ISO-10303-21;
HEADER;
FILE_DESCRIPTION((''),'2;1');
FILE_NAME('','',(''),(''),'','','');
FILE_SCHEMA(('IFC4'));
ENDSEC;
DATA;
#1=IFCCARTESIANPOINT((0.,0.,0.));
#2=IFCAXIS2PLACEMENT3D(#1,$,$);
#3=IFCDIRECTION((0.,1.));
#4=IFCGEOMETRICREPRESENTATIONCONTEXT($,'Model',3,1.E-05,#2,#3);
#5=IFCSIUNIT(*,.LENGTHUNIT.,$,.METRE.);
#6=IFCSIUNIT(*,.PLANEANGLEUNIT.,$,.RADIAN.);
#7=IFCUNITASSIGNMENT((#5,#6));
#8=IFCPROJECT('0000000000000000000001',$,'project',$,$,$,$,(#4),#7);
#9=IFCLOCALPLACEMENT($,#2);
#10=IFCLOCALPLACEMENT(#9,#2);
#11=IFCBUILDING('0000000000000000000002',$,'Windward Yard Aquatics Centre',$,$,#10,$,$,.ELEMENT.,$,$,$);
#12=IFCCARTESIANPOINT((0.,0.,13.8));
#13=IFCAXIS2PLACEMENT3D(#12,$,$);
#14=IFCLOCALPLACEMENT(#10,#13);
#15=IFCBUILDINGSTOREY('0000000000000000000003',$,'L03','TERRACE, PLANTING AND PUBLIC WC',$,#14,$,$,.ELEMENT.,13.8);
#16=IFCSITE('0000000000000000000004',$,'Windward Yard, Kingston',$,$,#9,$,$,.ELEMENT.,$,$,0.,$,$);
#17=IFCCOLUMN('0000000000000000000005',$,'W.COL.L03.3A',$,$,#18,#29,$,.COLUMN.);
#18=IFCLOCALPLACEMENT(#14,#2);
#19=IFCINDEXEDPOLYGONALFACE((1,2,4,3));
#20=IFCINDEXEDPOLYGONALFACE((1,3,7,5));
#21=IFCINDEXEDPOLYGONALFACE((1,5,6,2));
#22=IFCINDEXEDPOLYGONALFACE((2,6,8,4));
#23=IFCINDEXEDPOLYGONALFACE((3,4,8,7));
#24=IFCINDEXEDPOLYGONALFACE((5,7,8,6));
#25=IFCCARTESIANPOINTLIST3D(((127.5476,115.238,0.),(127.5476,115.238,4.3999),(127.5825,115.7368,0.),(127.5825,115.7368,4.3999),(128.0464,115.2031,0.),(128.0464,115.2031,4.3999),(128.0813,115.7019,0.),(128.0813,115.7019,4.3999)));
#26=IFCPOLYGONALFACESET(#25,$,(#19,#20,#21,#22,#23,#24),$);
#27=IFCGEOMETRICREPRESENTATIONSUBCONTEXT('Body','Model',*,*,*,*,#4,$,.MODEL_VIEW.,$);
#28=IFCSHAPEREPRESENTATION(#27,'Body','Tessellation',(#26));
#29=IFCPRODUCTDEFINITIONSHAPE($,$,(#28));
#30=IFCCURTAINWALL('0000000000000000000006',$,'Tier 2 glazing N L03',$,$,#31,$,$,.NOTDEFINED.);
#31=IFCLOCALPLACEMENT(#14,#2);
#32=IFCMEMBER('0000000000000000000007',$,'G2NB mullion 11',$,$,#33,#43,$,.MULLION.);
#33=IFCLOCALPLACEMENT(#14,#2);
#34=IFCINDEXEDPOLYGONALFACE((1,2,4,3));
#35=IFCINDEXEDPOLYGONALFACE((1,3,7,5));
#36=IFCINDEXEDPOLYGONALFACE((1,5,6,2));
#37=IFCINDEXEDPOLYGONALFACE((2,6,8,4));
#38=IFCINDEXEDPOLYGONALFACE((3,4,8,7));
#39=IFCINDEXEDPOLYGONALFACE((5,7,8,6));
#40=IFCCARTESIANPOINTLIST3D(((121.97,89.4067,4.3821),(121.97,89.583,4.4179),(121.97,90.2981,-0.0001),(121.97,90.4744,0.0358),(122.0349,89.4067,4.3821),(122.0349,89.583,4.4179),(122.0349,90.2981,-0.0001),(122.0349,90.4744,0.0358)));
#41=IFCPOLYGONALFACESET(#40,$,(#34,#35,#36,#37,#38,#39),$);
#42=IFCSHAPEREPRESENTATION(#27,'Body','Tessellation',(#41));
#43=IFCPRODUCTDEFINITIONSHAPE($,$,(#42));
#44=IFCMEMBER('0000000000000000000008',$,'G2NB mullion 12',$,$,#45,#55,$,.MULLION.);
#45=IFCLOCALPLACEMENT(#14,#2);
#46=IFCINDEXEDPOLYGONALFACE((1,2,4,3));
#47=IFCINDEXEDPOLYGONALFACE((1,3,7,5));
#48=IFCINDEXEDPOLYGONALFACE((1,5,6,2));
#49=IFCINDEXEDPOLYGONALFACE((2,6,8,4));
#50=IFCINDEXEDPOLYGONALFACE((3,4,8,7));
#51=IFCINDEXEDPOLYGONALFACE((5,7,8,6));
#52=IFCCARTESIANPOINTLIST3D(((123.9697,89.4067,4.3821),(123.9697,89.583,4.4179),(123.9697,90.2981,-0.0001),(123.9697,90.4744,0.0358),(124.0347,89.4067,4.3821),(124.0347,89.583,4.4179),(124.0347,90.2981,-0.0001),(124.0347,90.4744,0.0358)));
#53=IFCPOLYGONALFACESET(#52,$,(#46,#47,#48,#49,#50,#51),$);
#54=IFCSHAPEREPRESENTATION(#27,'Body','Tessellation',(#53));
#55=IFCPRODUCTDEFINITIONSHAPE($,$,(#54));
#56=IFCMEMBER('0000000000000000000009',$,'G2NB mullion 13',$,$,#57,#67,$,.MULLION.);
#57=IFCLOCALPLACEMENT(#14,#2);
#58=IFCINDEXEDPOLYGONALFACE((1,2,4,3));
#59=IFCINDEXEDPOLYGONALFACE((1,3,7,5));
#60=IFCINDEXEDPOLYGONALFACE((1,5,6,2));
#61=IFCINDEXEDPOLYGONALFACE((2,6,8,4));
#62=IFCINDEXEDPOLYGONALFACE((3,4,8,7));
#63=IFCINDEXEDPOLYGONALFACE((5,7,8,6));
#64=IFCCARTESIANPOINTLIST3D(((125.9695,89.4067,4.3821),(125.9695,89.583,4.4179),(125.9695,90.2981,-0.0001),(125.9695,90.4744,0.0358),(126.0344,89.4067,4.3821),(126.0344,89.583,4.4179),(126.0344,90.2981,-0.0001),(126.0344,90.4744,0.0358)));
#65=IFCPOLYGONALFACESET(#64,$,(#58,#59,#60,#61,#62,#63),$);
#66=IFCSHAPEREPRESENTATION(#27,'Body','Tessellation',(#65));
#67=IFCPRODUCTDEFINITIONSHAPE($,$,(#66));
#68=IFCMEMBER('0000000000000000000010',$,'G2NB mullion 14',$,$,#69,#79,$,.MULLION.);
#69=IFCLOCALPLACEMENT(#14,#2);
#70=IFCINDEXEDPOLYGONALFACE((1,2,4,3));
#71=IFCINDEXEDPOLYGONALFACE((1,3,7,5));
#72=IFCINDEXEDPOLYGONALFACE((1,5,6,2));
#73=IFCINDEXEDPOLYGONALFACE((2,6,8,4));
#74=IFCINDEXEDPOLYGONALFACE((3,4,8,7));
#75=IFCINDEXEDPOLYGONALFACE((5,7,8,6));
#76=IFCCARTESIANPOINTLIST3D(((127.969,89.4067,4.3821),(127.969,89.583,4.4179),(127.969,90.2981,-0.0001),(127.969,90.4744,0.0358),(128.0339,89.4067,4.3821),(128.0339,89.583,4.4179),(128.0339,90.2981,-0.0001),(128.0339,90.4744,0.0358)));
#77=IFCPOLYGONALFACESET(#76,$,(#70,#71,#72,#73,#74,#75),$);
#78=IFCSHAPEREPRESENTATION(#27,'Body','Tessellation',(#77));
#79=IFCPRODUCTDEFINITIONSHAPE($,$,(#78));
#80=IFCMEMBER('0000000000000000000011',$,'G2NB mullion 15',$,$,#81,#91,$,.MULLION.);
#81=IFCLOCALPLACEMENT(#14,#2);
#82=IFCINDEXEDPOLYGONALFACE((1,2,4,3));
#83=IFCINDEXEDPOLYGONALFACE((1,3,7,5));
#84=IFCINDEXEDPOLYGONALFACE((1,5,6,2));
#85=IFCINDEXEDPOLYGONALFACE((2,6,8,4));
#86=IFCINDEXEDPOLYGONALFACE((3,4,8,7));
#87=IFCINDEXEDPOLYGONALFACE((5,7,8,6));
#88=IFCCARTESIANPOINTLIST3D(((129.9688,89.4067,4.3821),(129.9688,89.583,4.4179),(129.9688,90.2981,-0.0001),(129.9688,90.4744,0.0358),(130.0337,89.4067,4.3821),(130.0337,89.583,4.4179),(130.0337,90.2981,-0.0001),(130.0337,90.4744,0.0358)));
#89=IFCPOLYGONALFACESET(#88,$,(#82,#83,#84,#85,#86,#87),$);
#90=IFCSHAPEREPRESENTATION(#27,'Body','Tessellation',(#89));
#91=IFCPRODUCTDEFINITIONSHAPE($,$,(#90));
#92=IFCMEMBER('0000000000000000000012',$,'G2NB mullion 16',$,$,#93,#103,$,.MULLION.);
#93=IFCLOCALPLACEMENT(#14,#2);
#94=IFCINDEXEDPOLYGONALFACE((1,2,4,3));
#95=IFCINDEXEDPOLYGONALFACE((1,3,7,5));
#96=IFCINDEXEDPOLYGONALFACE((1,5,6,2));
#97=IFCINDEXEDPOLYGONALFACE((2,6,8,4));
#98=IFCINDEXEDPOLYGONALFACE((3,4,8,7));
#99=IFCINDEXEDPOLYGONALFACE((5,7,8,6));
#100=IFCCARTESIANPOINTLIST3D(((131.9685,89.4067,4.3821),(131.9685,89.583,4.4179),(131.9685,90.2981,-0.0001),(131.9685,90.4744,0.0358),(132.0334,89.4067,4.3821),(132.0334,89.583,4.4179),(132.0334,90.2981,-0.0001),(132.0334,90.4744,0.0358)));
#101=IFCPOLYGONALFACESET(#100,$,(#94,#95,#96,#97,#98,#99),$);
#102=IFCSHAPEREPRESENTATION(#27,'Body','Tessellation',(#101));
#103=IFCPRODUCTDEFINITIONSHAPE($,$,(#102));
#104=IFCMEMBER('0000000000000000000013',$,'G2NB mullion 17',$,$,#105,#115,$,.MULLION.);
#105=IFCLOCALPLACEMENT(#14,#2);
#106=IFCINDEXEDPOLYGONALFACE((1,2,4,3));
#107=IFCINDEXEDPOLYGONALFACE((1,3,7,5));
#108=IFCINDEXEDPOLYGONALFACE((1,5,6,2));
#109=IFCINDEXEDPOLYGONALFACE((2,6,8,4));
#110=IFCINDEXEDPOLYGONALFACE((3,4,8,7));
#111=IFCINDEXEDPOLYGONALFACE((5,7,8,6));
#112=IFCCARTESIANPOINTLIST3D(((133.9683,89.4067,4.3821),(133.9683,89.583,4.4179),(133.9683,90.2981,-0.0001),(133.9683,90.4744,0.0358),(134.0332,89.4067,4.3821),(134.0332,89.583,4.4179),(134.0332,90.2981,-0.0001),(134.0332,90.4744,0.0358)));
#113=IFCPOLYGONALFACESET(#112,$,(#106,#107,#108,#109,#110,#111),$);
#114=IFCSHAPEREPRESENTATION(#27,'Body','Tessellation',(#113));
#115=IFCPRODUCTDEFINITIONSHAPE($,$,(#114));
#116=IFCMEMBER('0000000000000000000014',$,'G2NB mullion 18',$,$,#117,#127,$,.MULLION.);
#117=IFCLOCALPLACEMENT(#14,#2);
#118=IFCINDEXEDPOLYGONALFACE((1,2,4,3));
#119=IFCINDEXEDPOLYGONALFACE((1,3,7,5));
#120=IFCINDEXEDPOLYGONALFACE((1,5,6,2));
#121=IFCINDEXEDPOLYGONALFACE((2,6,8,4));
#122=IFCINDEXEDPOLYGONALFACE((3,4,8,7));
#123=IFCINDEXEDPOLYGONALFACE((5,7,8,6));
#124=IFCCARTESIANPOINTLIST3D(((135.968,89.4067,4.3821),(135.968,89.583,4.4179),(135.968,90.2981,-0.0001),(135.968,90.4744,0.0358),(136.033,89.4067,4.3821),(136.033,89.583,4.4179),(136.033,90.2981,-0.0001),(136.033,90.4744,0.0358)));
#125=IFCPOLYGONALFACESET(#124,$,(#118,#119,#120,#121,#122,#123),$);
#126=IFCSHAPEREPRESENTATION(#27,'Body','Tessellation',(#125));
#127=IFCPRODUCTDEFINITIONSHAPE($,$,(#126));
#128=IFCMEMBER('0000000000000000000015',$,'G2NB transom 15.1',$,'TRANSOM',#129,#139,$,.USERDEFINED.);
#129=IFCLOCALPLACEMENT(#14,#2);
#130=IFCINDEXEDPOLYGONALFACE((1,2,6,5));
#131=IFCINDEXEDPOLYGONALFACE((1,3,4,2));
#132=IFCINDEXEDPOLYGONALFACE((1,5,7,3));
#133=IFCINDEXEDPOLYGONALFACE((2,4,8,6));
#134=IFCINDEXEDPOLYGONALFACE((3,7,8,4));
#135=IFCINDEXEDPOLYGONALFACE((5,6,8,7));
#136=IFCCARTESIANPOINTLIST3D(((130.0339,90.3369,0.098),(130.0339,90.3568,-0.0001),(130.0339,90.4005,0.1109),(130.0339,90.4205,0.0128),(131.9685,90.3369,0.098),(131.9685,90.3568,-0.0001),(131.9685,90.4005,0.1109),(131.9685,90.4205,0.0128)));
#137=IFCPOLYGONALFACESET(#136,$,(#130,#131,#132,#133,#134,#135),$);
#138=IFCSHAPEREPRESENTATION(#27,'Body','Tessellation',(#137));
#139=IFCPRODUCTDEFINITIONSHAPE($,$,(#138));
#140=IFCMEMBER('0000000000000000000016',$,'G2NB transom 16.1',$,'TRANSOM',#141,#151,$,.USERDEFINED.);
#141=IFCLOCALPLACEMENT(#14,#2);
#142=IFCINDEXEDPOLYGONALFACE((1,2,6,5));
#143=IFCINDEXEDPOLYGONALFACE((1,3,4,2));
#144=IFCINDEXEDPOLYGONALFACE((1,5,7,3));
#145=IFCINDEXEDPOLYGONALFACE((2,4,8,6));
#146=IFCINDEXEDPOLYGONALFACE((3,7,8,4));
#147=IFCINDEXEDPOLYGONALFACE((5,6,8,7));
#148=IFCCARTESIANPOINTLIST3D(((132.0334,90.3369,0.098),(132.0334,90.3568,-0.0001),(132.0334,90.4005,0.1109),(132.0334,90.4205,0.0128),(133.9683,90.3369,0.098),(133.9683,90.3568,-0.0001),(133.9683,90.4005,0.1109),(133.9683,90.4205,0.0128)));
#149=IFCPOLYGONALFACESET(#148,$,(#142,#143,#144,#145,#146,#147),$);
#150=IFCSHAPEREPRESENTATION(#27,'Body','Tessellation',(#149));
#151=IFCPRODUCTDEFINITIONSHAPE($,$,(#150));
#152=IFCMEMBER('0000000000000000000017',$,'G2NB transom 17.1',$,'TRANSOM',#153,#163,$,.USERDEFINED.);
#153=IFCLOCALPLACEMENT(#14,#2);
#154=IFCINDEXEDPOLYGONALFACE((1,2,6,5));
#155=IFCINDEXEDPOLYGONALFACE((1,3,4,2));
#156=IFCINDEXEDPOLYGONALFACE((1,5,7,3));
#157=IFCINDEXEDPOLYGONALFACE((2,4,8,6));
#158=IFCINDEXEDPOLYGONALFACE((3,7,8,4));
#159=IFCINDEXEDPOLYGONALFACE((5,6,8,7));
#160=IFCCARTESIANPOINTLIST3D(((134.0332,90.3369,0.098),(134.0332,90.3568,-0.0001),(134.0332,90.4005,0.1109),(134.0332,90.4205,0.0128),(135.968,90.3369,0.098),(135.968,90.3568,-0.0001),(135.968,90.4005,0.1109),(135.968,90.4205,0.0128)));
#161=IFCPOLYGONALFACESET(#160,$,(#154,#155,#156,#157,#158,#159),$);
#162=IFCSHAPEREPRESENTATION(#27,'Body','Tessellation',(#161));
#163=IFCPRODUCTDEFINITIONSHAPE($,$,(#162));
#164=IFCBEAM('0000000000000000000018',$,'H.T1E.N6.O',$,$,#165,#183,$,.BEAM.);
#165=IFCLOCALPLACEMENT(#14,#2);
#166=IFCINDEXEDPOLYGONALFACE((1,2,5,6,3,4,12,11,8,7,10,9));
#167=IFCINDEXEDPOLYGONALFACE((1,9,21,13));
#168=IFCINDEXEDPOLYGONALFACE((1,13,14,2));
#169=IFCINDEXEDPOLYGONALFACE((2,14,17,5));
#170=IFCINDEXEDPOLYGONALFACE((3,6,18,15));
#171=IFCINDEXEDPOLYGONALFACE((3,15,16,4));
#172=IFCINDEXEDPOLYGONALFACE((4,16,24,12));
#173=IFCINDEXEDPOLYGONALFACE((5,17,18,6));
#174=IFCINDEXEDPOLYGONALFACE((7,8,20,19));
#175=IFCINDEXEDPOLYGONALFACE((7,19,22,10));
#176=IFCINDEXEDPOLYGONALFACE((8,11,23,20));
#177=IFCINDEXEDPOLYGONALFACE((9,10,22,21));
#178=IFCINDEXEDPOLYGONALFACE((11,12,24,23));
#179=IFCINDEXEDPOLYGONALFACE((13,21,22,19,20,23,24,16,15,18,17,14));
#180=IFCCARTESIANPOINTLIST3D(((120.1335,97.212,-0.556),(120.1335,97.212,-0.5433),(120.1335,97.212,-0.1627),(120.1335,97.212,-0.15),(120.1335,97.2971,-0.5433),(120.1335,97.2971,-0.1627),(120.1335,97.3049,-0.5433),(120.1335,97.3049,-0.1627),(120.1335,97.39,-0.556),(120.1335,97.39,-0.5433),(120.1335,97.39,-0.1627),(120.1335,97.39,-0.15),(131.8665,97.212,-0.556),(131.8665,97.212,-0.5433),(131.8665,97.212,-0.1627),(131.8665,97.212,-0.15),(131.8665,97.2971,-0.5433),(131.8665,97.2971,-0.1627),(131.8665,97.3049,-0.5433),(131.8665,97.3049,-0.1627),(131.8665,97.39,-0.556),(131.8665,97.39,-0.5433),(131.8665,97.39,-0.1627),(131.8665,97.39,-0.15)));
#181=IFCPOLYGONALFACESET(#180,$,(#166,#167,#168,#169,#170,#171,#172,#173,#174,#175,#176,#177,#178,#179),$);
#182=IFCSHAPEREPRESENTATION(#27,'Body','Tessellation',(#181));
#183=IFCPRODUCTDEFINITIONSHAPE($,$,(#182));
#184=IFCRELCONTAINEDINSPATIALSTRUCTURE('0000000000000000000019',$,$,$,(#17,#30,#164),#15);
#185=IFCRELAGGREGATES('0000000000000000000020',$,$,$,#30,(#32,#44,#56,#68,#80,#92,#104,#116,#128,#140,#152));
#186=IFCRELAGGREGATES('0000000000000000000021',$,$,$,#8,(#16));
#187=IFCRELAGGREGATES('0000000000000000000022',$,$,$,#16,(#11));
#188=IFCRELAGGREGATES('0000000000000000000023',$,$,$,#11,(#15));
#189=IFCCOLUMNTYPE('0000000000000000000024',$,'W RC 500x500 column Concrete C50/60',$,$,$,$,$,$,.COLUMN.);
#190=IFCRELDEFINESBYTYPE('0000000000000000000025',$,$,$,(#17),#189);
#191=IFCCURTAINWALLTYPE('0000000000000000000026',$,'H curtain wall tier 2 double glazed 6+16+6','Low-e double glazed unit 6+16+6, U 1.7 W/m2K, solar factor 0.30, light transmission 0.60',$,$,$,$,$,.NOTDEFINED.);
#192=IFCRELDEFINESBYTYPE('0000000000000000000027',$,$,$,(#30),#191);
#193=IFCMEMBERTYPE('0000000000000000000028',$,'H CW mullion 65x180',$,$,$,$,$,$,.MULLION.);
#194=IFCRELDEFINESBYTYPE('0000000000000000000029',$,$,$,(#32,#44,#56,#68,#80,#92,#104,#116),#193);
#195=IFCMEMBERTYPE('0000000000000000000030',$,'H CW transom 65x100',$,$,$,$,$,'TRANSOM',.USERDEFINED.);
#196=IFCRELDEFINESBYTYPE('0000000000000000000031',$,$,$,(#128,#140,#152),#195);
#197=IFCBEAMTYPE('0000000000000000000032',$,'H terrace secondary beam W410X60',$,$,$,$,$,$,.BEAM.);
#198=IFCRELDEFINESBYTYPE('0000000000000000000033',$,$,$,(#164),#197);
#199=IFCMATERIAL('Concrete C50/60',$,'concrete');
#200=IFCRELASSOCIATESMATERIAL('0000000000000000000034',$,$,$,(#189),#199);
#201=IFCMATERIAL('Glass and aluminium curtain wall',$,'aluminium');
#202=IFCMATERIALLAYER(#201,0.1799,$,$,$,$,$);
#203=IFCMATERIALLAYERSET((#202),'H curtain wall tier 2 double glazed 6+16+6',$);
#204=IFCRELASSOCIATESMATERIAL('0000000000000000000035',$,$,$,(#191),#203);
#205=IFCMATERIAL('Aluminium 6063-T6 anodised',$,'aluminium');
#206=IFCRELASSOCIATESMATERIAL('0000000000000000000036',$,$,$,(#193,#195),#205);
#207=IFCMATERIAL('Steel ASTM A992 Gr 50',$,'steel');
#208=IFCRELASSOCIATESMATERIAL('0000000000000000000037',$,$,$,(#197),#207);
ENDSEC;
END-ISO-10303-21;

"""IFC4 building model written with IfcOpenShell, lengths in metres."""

from ifc_helpers import new_model, si_unit, direction, frame, origin, origin_2d, place, context, subcontext, project, spatial, rectangle, i_section, extrude, material, layer, layer_set, material_profile, profile_set, type_object, element, aggregate, save


model = new_model("IFC4")

# Units and contexts
model_context = context("Model", 3, precision=1e-05, world=origin(), true_north=direction((0.0, 1.0)))
body_context = subcontext(model_context, "Body", "Model", "MODEL_VIEW")
ifc_project = project(units=[si_unit("LENGTHUNIT", "METRE"), si_unit("PLANEANGLEUNIT", "RADIAN")], contexts=[model_context])

# Site, building, storey
site_placement = place(None, origin())
site = spatial("IfcSite", under=ifc_project, at=site_placement, Name="Windward Yard, Kingston", CompositionType="ELEMENT", RefElevation=0.0)
building_placement = place(site_placement, origin())
building = spatial("IfcBuilding", under=site, at=building_placement, Name="Windward Yard Aquatics Centre", CompositionType="ELEMENT")
storey_placement = place(building_placement, frame((0.0, 0.0, 13.8)))
storey = spatial("IfcBuildingStorey", under=building, at=storey_placement, Name="L03", Description="TERRACE, PLANTING AND PUBLIC WC", CompositionType="ELEMENT", Elevation=13.8)

# Column
ifc_material_1 = material(Name="Concrete C50/60", Category="concrete")
ifc_material_profile_1 = material_profile(ifc_material_1, rectangle(XDim=0.5, YDim=0.5, at=origin_2d()), Name="RC 500x500")
ifc_profile_set_1 = profile_set([ifc_material_profile_1], Name="Concrete C50/60")
column_type = type_object("IfcColumnType", Name="W RC 500x500 column Concrete C50/60", PredefinedType="COLUMN", material=ifc_profile_set_1)
column_placement = place(storey_placement, frame((127.8145, 115.47, 0.0), z_axis=(0.0, 0.0, 1.0), x_axis=(0.997564, -0.069756, 0.0)))
element("IfcColumn", 1, at=column_placement, inside=storey, type_object=column_type, Name="W.COL.L03.3A", PredefinedType="COLUMN", context=body_context, shape_type="SweptSolid", body=[
    extrude(rectangle(XDim=0.5, YDim=0.5, at=origin_2d()), origin(), (0.0, 0.0, 1.0), 4.3999),
])

# Curtain wall, members
ifc_material_2 = material(Name="Glass and aluminium curtain wall", Category="aluminium")
ifc_layer_1 = layer(ifc_material_2, 0.1799)
ifc_layer_set_1 = layer_set([ifc_layer_1], Name="H curtain wall tier 2 double glazed 6+16+6")
curtain_wall_type = type_object("IfcCurtainWallType", Name="H curtain wall tier 2 double glazed 6+16+6", Description="Low-e double glazed unit 6+16+6, U 1.7 W/m2K, solar factor 0.30, light transmission 0.60", PredefinedType="NOTDEFINED", material=ifc_layer_set_1)
curtain_wall_placement = place(storey_placement, origin())
curtain_wall = element("IfcCurtainWall", 2, at=curtain_wall_placement, inside=storey, type_object=curtain_wall_type, Name="Tier 2 glazing N L03", PredefinedType="NOTDEFINED")
ifc_material_3 = material(Name="Aluminium 6063-T6 anodised", Category="aluminium")
ifc_material_profile_2 = material_profile(ifc_material_3, rectangle(XDim=0.0649, YDim=0.1799, at=origin_2d()), Name="H CW mullion 65x180")
ifc_profile_set_2 = profile_set([ifc_material_profile_2], Name="Aluminium 6063-T6 anodised")
member_type_1 = type_object("IfcMemberType", Name="H CW mullion 65x180", PredefinedType="MULLION", material=ifc_profile_set_2)
member_1_placement = place(storey_placement, frame((122.0024, 90.3862, 0.0178), z_axis=(0.0, -0.199328, 0.979933), x_axis=(1.0, 0.0, 0.0)))
member_1 = element("IfcMember", 3, at=member_1_placement, type_object=member_type_1, Name="G2NB mullion 11", PredefinedType="MULLION", context=body_context, shape_type="SweptSolid", body=[
    extrude(rectangle(XDim=0.0649, YDim=0.1799, at=origin_2d()), origin(), (0.0, 0.0, 1.0), 4.4719),
])
member_2_placement = place(storey_placement, frame((124.0022, 90.3862, 0.0178), z_axis=(0.0, -0.199328, 0.979933), x_axis=(1.0, 0.0, 0.0)))
member_2 = element("IfcMember", 4, at=member_2_placement, type_object=member_type_1, Name="G2NB mullion 12", PredefinedType="MULLION", context=body_context, shape_type="SweptSolid", body=[
    extrude(rectangle(XDim=0.0649, YDim=0.1799, at=origin_2d()), origin(), (0.0, 0.0, 1.0), 4.4719),
])
member_3_placement = place(storey_placement, frame((126.002, 90.3862, 0.0178), z_axis=(0.0, -0.199328, 0.979933), x_axis=(1.0, 0.0, 0.0)))
member_3 = element("IfcMember", 5, at=member_3_placement, type_object=member_type_1, Name="G2NB mullion 13", PredefinedType="MULLION", context=body_context, shape_type="SweptSolid", body=[
    extrude(rectangle(XDim=0.0649, YDim=0.1799, at=origin_2d()), origin(), (0.0, 0.0, 1.0), 4.4719),
])
member_4_placement = place(storey_placement, frame((128.0015, 90.3862, 0.0178), z_axis=(0.0, -0.199328, 0.979933), x_axis=(1.0, 0.0, 0.0)))
member_4 = element("IfcMember", 6, at=member_4_placement, type_object=member_type_1, Name="G2NB mullion 14", PredefinedType="MULLION", context=body_context, shape_type="SweptSolid", body=[
    extrude(rectangle(XDim=0.0649, YDim=0.1799, at=origin_2d()), origin(), (0.0, 0.0, 1.0), 4.4719),
])
member_5_placement = place(storey_placement, frame((130.0012, 90.3862, 0.0178), z_axis=(0.0, -0.199328, 0.979933), x_axis=(1.0, 0.0, 0.0)))
member_5 = element("IfcMember", 7, at=member_5_placement, type_object=member_type_1, Name="G2NB mullion 15", PredefinedType="MULLION", context=body_context, shape_type="SweptSolid", body=[
    extrude(rectangle(XDim=0.0649, YDim=0.1799, at=origin_2d()), origin(), (0.0, 0.0, 1.0), 4.4719),
])
member_6_placement = place(storey_placement, frame((132.001, 90.3862, 0.0178), z_axis=(0.0, -0.199328, 0.979933), x_axis=(1.0, 0.0, 0.0)))
member_6 = element("IfcMember", 8, at=member_6_placement, type_object=member_type_1, Name="G2NB mullion 16", PredefinedType="MULLION", context=body_context, shape_type="SweptSolid", body=[
    extrude(rectangle(XDim=0.0649, YDim=0.1799, at=origin_2d()), origin(), (0.0, 0.0, 1.0), 4.4719),
])
member_7_placement = place(storey_placement, frame((134.0007, 90.3862, 0.0178), z_axis=(0.0, -0.199328, 0.979933), x_axis=(1.0, 0.0, 0.0)))
member_7 = element("IfcMember", 9, at=member_7_placement, type_object=member_type_1, Name="G2NB mullion 17", PredefinedType="MULLION", context=body_context, shape_type="SweptSolid", body=[
    extrude(rectangle(XDim=0.0649, YDim=0.1799, at=origin_2d()), origin(), (0.0, 0.0, 1.0), 4.4719),
])
member_8_placement = place(storey_placement, frame((136.0005, 90.3862, 0.0178), z_axis=(0.0, -0.199328, 0.979933), x_axis=(1.0, 0.0, 0.0)))
member_8 = element("IfcMember", 10, at=member_8_placement, type_object=member_type_1, Name="G2NB mullion 18", PredefinedType="MULLION", context=body_context, shape_type="SweptSolid", body=[
    extrude(rectangle(XDim=0.0649, YDim=0.1799, at=origin_2d()), origin(), (0.0, 0.0, 1.0), 4.4719),
])
ifc_material_profile_3 = material_profile(ifc_material_3, rectangle(XDim=0.0649, YDim=0.1001, at=origin_2d()), Name="H CW transom 65x100")
ifc_profile_set_3 = profile_set([ifc_material_profile_3], Name="Aluminium 6063-T6 anodised")
member_type_2 = type_object("IfcMemberType", Name="H CW transom 65x100", ElementType="TRANSOM", PredefinedType="USERDEFINED", material=ifc_profile_set_3)
member_9_placement = place(storey_placement, frame((130.0339, 90.3787, 0.0554), z_axis=(1.0, 0.0, 0.0), x_axis=(0.0, 0.979925, 0.199368)))
member_9 = element("IfcMember", 11, at=member_9_placement, type_object=member_type_2, Name="G2NB transom 15.1", ObjectType="TRANSOM", PredefinedType="USERDEFINED", context=body_context, shape_type="SweptSolid", body=[
    extrude(rectangle(XDim=0.0649, YDim=0.1001, at=origin_2d()), origin(), (0.0, 0.0, 1.0), 1.9346),
])
member_10_placement = place(storey_placement, frame((132.0334, 90.3787, 0.0554), z_axis=(1.0, 0.0, 0.0), x_axis=(0.0, 0.979925, 0.199368)))
member_10 = element("IfcMember", 12, at=member_10_placement, type_object=member_type_2, Name="G2NB transom 16.1", ObjectType="TRANSOM", PredefinedType="USERDEFINED", context=body_context, shape_type="SweptSolid", body=[
    extrude(rectangle(XDim=0.0649, YDim=0.1001, at=origin_2d()), origin(), (0.0, 0.0, 1.0), 1.9348),
])
member_11_placement = place(storey_placement, frame((134.0332, 90.3787, 0.0554), z_axis=(1.0, 0.0, 0.0), x_axis=(0.0, 0.979925, 0.199368)))
member_11 = element("IfcMember", 13, at=member_11_placement, type_object=member_type_2, Name="G2NB transom 17.1", ObjectType="TRANSOM", PredefinedType="USERDEFINED", context=body_context, shape_type="SweptSolid", body=[
    extrude(rectangle(XDim=0.0649, YDim=0.1001, at=origin_2d()), origin(), (0.0, 0.0, 1.0), 1.9348),
])
aggregate(curtain_wall, [member_1, member_2, member_3, member_4, member_5, member_6, member_7, member_8, member_9, member_10, member_11])

# Beam
ifc_material_4 = material(Name="Steel ASTM A992 Gr 50", Category="steel")
ifc_material_profile_4 = material_profile(ifc_material_4, i_section(OverallWidth=0.178, OverallDepth=0.406, WebThickness=0.0078, FlangeThickness=0.0127, at=origin_2d()), Name="W410X60")
ifc_profile_set_4 = profile_set([ifc_material_profile_4], Name="Steel ASTM A992 Gr 50")
beam_type_1 = type_object("IfcBeamType", Name="H terrace secondary beam W410X60", PredefinedType="BEAM", material=ifc_profile_set_4)
beam_1_placement = place(storey_placement, frame((120.1335, 97.301, -0.353), z_axis=(1.0, 0.0, 0.0), x_axis=(0.0, 1.0, 0.0)))
element("IfcBeam", 14, at=beam_1_placement, inside=storey, type_object=beam_type_1, Name="H.T1E.N6.O", PredefinedType="BEAM", context=body_context, shape_type="SweptSolid", body=[
    extrude(i_section(OverallWidth=0.178, OverallDepth=0.406, WebThickness=0.0078, FlangeThickness=0.0127, at=origin_2d()), origin(), (0.0, 0.0, 1.0), 11.7329),
])

save(model, "model.ifc")
